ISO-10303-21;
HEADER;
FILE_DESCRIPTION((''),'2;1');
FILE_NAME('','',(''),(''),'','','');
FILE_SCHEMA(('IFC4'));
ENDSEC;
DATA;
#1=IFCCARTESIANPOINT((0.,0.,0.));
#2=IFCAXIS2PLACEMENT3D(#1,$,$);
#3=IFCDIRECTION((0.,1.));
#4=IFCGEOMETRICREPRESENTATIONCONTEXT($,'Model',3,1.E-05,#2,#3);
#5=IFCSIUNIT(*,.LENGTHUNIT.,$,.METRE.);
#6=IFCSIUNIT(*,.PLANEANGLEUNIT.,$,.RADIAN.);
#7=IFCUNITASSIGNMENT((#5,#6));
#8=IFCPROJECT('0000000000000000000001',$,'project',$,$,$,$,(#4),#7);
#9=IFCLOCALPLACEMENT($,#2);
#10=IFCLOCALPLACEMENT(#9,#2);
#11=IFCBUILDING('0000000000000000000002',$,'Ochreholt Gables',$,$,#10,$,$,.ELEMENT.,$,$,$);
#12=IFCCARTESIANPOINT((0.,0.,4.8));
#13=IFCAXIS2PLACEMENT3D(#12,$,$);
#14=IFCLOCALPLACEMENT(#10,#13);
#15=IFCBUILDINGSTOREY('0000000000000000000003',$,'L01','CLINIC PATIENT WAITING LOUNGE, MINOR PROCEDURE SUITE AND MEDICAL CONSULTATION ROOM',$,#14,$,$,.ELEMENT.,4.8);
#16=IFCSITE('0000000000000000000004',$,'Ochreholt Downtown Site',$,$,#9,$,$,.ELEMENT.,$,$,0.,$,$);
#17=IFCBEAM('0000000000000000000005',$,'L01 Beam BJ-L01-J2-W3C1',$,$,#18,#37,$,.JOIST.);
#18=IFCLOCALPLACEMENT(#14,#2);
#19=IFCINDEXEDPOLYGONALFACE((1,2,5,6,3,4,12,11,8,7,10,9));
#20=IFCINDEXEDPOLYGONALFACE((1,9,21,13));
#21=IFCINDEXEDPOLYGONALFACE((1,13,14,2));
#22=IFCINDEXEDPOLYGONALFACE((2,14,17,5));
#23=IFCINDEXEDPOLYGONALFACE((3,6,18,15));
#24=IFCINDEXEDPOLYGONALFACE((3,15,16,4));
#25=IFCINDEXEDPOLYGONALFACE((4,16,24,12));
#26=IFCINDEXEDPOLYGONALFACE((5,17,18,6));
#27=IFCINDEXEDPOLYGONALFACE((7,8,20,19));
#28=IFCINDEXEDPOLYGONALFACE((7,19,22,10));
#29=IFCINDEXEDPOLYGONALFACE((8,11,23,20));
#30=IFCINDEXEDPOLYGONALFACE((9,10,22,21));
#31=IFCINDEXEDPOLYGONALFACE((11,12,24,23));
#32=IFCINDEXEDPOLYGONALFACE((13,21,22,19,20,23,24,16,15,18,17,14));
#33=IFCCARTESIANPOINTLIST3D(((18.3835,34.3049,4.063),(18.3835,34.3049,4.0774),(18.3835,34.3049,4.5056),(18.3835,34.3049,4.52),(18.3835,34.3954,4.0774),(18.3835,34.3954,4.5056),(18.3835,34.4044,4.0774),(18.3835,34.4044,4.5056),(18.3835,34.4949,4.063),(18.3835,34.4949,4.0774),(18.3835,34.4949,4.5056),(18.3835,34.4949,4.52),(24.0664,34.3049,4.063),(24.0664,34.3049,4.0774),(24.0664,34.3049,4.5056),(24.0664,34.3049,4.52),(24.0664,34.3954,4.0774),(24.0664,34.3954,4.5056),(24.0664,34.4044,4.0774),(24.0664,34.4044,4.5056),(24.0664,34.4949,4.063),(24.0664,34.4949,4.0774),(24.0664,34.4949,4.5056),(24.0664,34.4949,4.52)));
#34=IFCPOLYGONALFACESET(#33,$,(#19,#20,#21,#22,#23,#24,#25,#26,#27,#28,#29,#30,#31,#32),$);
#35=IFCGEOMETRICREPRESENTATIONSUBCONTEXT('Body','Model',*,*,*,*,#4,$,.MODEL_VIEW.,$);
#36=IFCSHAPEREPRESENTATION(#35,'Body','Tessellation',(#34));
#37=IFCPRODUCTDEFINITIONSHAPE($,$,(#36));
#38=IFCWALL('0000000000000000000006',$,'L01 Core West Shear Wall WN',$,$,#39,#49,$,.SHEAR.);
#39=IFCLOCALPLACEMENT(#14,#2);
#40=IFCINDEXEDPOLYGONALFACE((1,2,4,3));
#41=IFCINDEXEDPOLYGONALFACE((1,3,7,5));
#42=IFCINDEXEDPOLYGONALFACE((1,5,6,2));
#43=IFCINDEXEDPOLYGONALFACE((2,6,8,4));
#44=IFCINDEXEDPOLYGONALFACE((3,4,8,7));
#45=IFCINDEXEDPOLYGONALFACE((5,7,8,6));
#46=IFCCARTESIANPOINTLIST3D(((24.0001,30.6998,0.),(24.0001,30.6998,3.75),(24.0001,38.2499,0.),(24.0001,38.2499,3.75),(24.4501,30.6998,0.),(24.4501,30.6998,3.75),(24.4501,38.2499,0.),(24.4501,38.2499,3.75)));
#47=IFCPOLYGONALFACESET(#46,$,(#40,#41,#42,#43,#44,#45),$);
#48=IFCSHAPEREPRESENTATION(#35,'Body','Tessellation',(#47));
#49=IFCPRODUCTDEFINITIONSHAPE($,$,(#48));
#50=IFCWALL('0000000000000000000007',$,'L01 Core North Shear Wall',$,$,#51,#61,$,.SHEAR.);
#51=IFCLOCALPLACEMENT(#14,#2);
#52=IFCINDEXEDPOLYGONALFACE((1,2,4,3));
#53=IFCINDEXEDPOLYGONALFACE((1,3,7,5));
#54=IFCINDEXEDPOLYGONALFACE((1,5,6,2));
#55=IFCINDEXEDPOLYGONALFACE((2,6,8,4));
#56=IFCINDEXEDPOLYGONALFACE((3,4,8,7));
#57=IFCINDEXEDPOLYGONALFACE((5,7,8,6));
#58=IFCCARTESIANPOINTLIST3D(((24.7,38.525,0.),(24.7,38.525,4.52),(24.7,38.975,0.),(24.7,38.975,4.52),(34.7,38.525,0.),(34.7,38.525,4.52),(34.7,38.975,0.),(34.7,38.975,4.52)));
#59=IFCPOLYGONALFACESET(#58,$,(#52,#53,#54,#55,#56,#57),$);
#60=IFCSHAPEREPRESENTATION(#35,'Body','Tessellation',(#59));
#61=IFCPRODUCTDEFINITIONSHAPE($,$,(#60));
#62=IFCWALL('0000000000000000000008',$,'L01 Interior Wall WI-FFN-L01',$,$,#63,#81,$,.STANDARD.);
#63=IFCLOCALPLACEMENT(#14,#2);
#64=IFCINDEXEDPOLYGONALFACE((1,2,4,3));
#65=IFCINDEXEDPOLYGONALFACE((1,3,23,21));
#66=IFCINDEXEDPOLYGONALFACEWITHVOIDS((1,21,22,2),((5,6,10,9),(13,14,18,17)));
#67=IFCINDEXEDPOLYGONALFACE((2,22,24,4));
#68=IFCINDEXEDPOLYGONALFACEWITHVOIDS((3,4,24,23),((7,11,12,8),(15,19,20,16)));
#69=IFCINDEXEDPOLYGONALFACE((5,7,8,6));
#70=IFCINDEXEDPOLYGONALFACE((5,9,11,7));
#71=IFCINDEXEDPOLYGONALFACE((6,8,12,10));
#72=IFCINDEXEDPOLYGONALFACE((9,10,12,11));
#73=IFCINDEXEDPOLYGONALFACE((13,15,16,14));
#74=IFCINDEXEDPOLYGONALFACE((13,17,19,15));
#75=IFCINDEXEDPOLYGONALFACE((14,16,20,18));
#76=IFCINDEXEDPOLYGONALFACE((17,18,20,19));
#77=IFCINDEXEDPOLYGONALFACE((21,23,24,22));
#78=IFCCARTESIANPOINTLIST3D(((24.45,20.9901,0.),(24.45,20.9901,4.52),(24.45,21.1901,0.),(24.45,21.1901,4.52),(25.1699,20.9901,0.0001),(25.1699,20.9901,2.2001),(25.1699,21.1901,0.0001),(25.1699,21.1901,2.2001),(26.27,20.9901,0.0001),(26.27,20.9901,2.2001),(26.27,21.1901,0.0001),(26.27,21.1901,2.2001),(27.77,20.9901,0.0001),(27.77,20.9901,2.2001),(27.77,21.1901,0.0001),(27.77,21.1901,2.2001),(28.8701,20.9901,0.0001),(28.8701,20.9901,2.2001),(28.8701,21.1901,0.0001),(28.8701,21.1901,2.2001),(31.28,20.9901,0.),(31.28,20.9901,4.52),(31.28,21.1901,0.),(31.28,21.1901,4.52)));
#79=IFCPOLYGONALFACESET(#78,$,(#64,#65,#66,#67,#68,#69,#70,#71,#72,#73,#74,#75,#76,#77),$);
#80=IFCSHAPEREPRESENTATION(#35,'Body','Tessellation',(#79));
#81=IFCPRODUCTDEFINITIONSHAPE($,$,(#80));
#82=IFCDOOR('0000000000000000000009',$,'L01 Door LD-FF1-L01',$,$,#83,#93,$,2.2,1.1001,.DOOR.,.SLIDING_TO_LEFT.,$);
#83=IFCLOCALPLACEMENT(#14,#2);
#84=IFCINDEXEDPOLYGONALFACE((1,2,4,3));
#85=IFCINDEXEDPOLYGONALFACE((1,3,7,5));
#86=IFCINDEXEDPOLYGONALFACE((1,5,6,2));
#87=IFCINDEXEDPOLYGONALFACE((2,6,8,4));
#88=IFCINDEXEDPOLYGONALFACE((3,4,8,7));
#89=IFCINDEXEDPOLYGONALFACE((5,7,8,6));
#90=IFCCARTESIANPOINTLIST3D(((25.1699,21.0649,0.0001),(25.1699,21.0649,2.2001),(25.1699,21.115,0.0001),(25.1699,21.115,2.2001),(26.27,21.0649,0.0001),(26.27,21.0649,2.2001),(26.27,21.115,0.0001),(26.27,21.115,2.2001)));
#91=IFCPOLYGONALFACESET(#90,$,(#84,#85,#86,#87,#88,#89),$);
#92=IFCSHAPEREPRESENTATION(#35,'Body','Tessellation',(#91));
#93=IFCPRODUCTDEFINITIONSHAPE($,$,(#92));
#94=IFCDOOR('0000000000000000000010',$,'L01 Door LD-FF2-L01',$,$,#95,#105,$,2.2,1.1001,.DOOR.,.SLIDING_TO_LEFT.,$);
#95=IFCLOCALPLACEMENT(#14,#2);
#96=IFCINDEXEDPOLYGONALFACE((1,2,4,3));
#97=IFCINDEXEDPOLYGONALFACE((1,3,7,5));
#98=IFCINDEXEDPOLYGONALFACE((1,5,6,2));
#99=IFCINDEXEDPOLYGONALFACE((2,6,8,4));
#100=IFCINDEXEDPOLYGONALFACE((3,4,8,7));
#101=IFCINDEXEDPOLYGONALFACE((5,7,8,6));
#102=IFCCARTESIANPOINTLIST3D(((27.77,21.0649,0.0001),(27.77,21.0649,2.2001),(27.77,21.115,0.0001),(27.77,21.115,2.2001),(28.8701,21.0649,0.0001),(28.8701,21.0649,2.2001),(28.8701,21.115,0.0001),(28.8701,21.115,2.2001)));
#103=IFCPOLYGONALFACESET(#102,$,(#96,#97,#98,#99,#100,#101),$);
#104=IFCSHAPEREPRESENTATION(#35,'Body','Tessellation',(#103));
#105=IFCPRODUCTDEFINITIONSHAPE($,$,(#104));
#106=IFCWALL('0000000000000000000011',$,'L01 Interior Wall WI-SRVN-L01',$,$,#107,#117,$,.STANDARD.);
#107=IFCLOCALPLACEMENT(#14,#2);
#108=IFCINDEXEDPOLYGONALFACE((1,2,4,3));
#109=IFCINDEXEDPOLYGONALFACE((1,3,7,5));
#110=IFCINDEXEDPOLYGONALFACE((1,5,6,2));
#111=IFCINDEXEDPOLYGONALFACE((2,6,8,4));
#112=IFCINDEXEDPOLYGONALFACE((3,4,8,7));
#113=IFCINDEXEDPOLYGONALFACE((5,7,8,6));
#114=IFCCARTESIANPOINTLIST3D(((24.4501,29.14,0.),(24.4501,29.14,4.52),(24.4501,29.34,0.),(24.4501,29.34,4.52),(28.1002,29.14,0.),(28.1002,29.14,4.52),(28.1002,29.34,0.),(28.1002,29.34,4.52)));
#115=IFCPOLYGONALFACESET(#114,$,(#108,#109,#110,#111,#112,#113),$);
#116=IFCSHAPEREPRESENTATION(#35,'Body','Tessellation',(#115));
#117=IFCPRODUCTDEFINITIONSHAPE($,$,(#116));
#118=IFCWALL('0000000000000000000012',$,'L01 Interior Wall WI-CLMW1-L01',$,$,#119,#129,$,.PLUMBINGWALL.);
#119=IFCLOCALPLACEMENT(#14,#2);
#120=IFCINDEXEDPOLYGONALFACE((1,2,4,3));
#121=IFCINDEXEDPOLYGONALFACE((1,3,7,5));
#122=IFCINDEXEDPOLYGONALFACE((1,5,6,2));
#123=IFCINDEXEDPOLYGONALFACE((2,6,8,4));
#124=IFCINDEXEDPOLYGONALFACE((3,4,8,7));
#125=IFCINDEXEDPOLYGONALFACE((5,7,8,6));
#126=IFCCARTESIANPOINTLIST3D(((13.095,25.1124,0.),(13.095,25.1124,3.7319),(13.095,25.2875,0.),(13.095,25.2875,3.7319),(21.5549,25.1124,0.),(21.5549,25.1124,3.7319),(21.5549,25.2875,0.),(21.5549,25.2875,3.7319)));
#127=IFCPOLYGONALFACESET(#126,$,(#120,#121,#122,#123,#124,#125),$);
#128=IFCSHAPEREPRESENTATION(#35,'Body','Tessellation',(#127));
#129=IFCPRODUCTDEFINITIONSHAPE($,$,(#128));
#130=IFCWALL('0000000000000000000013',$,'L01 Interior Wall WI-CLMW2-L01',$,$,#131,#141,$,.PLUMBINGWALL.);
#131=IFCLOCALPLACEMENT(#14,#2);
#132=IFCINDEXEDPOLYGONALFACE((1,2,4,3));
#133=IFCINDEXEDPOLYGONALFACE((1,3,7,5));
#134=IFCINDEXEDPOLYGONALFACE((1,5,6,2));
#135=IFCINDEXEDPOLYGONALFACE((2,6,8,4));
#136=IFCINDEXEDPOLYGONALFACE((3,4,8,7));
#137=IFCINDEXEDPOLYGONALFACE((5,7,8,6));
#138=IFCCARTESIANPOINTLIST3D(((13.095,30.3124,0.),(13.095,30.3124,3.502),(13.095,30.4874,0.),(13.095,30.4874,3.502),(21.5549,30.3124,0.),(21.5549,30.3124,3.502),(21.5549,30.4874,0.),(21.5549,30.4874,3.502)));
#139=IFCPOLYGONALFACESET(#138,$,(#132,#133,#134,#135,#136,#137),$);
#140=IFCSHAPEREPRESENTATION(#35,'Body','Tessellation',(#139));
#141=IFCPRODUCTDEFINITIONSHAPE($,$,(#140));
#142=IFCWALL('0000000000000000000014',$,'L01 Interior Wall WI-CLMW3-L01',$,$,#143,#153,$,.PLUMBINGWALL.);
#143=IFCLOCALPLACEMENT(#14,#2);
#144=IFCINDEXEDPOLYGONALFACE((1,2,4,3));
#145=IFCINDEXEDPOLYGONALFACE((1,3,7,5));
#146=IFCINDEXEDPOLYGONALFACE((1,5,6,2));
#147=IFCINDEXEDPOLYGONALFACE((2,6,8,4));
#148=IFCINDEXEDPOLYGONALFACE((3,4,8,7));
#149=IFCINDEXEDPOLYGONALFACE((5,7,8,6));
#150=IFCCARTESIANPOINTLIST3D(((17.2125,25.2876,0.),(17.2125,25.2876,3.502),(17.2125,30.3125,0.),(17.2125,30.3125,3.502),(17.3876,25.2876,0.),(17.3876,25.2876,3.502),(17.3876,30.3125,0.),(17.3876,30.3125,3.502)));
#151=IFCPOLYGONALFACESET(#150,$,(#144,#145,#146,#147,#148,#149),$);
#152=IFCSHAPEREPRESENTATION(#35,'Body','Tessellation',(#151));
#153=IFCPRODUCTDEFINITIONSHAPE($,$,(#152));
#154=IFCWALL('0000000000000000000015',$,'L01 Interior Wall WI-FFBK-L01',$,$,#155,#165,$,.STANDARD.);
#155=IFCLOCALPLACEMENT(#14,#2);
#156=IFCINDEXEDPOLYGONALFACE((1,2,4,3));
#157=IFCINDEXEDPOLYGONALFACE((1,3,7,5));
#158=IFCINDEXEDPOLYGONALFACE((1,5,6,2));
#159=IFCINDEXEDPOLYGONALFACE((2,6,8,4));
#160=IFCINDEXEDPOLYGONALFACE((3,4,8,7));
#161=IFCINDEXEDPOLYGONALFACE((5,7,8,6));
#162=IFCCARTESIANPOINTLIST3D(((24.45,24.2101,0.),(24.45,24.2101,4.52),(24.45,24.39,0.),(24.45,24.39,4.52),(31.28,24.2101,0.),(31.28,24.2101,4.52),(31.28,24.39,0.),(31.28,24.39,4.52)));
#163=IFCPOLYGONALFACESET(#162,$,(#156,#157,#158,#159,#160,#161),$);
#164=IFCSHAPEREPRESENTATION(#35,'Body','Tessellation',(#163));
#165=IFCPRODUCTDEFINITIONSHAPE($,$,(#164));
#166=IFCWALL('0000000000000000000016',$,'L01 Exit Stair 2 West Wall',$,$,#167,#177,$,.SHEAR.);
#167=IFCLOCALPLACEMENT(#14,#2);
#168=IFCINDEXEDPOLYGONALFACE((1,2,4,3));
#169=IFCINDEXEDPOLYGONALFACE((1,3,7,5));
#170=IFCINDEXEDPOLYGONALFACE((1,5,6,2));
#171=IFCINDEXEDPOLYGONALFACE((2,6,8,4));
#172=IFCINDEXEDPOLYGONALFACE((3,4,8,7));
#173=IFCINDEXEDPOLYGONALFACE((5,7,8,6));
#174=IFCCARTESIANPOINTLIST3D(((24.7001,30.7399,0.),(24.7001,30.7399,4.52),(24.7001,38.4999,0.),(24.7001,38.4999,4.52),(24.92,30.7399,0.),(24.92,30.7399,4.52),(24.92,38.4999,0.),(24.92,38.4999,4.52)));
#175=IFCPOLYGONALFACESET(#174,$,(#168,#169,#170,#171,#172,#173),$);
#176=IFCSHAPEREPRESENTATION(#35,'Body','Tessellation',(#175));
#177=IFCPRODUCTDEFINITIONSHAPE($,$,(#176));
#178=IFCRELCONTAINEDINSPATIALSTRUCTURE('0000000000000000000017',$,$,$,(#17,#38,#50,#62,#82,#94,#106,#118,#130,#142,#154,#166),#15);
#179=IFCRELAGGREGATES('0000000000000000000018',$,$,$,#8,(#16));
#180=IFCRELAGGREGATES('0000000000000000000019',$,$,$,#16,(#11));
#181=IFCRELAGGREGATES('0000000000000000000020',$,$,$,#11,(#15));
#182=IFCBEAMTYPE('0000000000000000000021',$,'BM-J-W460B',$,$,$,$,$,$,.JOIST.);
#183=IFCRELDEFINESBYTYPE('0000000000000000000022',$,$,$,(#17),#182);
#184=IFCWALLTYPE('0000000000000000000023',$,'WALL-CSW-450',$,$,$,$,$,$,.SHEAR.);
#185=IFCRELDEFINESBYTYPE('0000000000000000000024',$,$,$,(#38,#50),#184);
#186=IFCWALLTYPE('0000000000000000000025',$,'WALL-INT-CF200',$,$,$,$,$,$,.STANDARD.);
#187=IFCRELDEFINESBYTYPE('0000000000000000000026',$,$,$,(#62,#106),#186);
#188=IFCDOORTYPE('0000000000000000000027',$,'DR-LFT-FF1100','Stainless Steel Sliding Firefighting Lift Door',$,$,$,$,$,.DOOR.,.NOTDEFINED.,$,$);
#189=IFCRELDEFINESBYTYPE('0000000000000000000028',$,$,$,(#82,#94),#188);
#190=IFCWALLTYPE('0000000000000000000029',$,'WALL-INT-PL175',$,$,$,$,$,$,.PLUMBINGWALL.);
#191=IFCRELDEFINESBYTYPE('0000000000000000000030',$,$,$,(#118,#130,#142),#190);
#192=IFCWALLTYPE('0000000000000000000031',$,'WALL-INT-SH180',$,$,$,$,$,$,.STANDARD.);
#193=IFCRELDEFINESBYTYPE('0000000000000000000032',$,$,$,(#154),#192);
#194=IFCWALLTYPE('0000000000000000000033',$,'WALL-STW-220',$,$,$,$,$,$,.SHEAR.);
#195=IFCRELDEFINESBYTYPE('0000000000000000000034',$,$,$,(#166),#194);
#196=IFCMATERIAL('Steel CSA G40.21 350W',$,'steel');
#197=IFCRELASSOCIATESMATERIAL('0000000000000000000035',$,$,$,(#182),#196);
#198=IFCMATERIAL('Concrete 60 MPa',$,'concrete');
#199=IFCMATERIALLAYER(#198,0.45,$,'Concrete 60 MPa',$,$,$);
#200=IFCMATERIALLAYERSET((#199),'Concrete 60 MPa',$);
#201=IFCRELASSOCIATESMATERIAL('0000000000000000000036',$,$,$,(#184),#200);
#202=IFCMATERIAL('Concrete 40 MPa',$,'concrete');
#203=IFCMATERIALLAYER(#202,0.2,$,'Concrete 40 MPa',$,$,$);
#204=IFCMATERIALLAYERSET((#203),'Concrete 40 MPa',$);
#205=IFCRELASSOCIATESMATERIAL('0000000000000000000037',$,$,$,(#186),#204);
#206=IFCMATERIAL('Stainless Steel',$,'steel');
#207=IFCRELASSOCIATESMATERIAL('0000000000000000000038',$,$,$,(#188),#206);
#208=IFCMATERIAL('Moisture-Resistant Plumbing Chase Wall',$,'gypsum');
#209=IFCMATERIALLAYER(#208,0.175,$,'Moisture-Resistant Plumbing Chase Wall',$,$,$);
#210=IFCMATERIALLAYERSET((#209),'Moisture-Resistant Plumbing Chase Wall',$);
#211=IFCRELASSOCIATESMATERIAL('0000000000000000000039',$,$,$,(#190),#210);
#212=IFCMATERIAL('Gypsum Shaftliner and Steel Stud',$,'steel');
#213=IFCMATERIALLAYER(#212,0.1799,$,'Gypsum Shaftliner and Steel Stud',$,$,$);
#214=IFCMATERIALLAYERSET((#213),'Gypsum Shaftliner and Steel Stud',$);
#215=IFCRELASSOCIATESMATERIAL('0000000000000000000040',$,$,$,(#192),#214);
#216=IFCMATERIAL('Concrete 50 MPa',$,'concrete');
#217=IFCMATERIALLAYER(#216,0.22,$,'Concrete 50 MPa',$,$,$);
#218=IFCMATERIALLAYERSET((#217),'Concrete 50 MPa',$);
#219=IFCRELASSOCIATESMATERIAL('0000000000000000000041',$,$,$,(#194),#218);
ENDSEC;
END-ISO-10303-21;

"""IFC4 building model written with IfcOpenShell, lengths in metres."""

from ifc_helpers import new_model, si_unit, direction, frame, frame_2d, origin, origin_2d, place, context, subcontext, project, spatial, rectangle, i_section, extrude, material, layer, layer_set, material_profile, profile_set, type_object, element, fill, save


model = new_model("IFC4")

# Units and contexts
model_context = context("Model", 3, precision=1e-05, world=origin(), true_north=direction((0.0, 1.0)))
body_context = subcontext(model_context, "Body", "Model", "MODEL_VIEW")
ifc_project = project(units=[si_unit("LENGTHUNIT", "METRE"), si_unit("PLANEANGLEUNIT", "RADIAN")], contexts=[model_context])

# Site, building, storey
site_placement = place(None, origin())
site = spatial("IfcSite", under=ifc_project, at=site_placement, Name="Ochreholt Downtown Site", CompositionType="ELEMENT", RefElevation=0.0)
building_placement = place(site_placement, origin())
building = spatial("IfcBuilding", under=site, at=building_placement, Name="Ochreholt Gables", CompositionType="ELEMENT")
storey_placement = place(building_placement, frame((0.0, 0.0, 4.8)))
storey = spatial("IfcBuildingStorey", under=building, at=storey_placement, Name="L01", Description="CLINIC PATIENT WAITING LOUNGE, MINOR PROCEDURE SUITE AND MEDICAL CONSULTATION ROOM", CompositionType="ELEMENT", Elevation=4.8)

# Shared definitions
ifc_material_1 = material(Name="Concrete 60 MPa", Category="concrete")

# Beam
ifc_material_2 = material(Name="Steel CSA G40.21 350W", Category="steel")
ifc_material_profile_1 = material_profile(ifc_material_2, i_section(OverallWidth=0.1899, OverallDepth=0.457, WebThickness=0.009, FlangeThickness=0.0144, at=origin_2d()), Name="W460X74")
ifc_profile_set_1 = profile_set([ifc_material_profile_1], Name="Steel CSA G40.21 350W")
beam_type_1 = type_object("IfcBeamType", Name="BM-J-W460B", PredefinedType="JOIST", material=ifc_profile_set_1)
beam_1_placement = place(storey_placement, frame((18.3835, 34.3999, 4.2915), z_axis=(1.0, 0.0, 0.0), x_axis=(0.0, 1.0, 0.0)))
element("IfcBeam", 1, at=beam_1_placement, inside=storey, type_object=beam_type_1, Name="L01 Beam BJ-L01-J2-W3C1", PredefinedType="JOIST", context=body_context, shape_type="SweptSolid", body=[
    extrude(i_section(OverallWidth=0.1899, OverallDepth=0.457, WebThickness=0.009, FlangeThickness=0.0144, at=origin_2d()), origin(), (0.0, 0.0, 1.0), 5.6829),
])

# Walls
ifc_layer_1 = layer(ifc_material_1, 0.45, Name="Concrete 60 MPa")
ifc_layer_set_1 = layer_set([ifc_layer_1], Name="Concrete 60 MPa")
wall_type_1 = type_object("IfcWallType", Name="WALL-CSW-450", PredefinedType="SHEAR", material=ifc_layer_set_1)
wall_1_placement = place(storey_placement, frame((24.2251, 30.7, 0.0), z_axis=(0.0, 0.0, 1.0), x_axis=(0.0, 1.0, 0.0)))
element("IfcWall", 2, at=wall_1_placement, inside=storey, type_object=wall_type_1, Name="L01 Core West Shear Wall WN", PredefinedType="SHEAR", context=body_context, shape_type="SweptSolid", body=[
    extrude(rectangle(XDim=7.55, YDim=0.45, at=frame_2d((3.7749, 0.0))), origin(), (0.0, 0.0, 1.0), 3.75),
])
wall_2_placement = place(storey_placement, frame((24.7, 38.75, 0.0), z_axis=(0.0, 0.0, 1.0), x_axis=(1.0, 0.0, 0.0)))
element("IfcWall", 3, at=wall_2_placement, inside=storey, type_object=wall_type_1, Name="L01 Core North Shear Wall", PredefinedType="SHEAR", context=body_context, shape_type="SweptSolid", body=[
    extrude(rectangle(XDim=10.0, YDim=0.45, at=frame_2d((5.0, 0.0))), origin(), (0.0, 0.0, 1.0), 4.52),
])

# Wall, openings, doors
ifc_material_3 = material(Name="Concrete 40 MPa", Category="concrete")
ifc_layer_2 = layer(ifc_material_3, 0.2, Name="Concrete 40 MPa")
ifc_layer_set_2 = layer_set([ifc_layer_2], Name="Concrete 40 MPa")
wall_type_2 = type_object("IfcWallType", Name="WALL-INT-CF200", PredefinedType="STANDARD", material=ifc_layer_set_2)
wall_3_placement = place(storey_placement, frame((24.45, 21.0901, 0.0), z_axis=(0.0, 0.0, 1.0), x_axis=(1.0, 0.0, 0.0)))
wall_3 = element("IfcWall", 4, at=wall_3_placement, inside=storey, type_object=wall_type_2, Name="L01 Interior Wall WI-FFN-L01", PredefinedType="STANDARD", context=body_context, shape_type="SweptSolid", body=[
    extrude(rectangle(XDim=6.8301, YDim=0.2, at=frame_2d((3.415, 0.0))), origin(), (0.0, 0.0, 1.0), 4.52),
])
opening_1_placement = place(wall_3_placement, frame((0.72, 0.0, 0.0)))
opening_1 = element("IfcOpeningElement", 5, at=opening_1_placement, cuts=wall_3, PredefinedType="OPENING", context=body_context, shape_type="SweptSolid", body=[
    extrude(rectangle(XDim=1.1001, YDim=2.2, at=frame_2d((0.55, 1.1001))), frame((0.0, 0.1099, 0.0), z_axis=(0.0, -1.0, 0.0), x_axis=(1.0, 0.0, 0.0)), (0.0, 0.0, 1.0), 0.22),
])
opening_2_placement = place(wall_3_placement, frame((3.3201, 0.0, 0.0)))
opening_2 = element("IfcOpeningElement", 6, at=opening_2_placement, cuts=wall_3, PredefinedType="OPENING", context=body_context, shape_type="SweptSolid", body=[
    extrude(rectangle(XDim=1.1001, YDim=2.2, at=frame_2d((0.55, 1.1001))), frame((0.0, 0.1099, 0.0), z_axis=(0.0, -1.0, 0.0), x_axis=(1.0, 0.0, 0.0)), (0.0, 0.0, 1.0), 0.22),
])
ifc_material_4 = material(Name="Stainless Steel", Category="steel")
door_type_1 = type_object("IfcDoorType", Name="DR-LFT-FF1100", Description="Stainless Steel Sliding Firefighting Lift Door", OperationType="NOTDEFINED", PredefinedType="DOOR", material=ifc_material_4)
door_1_placement = place(opening_1_placement, origin())
door_1 = element("IfcDoor", 7, at=door_1_placement, inside=storey, type_object=door_type_1, Name="L01 Door LD-FF1-L01", OperationType="SLIDING_TO_LEFT", OverallHeight=2.2, OverallWidth=1.1001, PredefinedType="DOOR", context=body_context, shape_type="SweptSolid", body=[
    extrude(rectangle(XDim=1.1001, YDim=2.2, at=frame_2d((0.55, 1.1001))), frame((0.0, 0.0249, 0.0), z_axis=(0.0, -1.0, 0.0), x_axis=(1.0, 0.0, 0.0)), (0.0, 0.0, 1.0), 0.05),
])
fill(opening_1, door_1)
door_2_placement = place(opening_2_placement, origin())
door_2 = element("IfcDoor", 8, at=door_2_placement, inside=storey, type_object=door_type_1, Name="L01 Door LD-FF2-L01", OperationType="SLIDING_TO_LEFT", OverallHeight=2.2, OverallWidth=1.1001, PredefinedType="DOOR", context=body_context, shape_type="SweptSolid", body=[
    extrude(rectangle(XDim=1.1001, YDim=2.2, at=frame_2d((0.55, 1.1001))), frame((0.0, 0.0249, 0.0), z_axis=(0.0, -1.0, 0.0), x_axis=(1.0, 0.0, 0.0)), (0.0, 0.0, 1.0), 0.05),
])
fill(opening_2, door_2)

# Walls
wall_4_placement = place(storey_placement, frame((24.45, 29.24, 0.0), z_axis=(0.0, 0.0, 1.0), x_axis=(1.0, 0.0, 0.0)))
element("IfcWall", 9, at=wall_4_placement, inside=storey, type_object=wall_type_2, Name="L01 Interior Wall WI-SRVN-L01", PredefinedType="STANDARD", context=body_context, shape_type="SweptSolid", body=[
    extrude(rectangle(XDim=3.6501, YDim=0.2, at=frame_2d((1.8252, 0.0))), origin(), (0.0, 0.0, 1.0), 4.52),
])
ifc_material_5 = material(Name="Moisture-Resistant Plumbing Chase Wall", Category="gypsum")
ifc_layer_3 = layer(ifc_material_5, 0.175, Name="Moisture-Resistant Plumbing Chase Wall")
ifc_layer_set_3 = layer_set([ifc_layer_3], Name="Moisture-Resistant Plumbing Chase Wall")
wall_type_3 = type_object("IfcWallType", Name="WALL-INT-PL175", PredefinedType="PLUMBINGWALL", material=ifc_layer_set_3)
wall_5_placement = place(storey_placement, frame((13.095, 25.2, 0.0), z_axis=(0.0, 0.0, 1.0), x_axis=(1.0, 0.0, 0.0)))
element("IfcWall", 10, at=wall_5_placement, inside=storey, type_object=wall_type_3, Name="L01 Interior Wall WI-CLMW1-L01", PredefinedType="PLUMBINGWALL", context=body_context, shape_type="SweptSolid", body=[
    extrude(rectangle(XDim=8.46, YDim=0.175, at=frame_2d((4.23, 0.0))), origin(), (0.0, 0.0, 1.0), 3.7319),
])
wall_6_placement = place(storey_placement, frame((13.095, 30.3999, 0.0), z_axis=(0.0, 0.0, 1.0), x_axis=(1.0, 0.0, 0.0)))
element("IfcWall", 11, at=wall_6_placement, inside=storey, type_object=wall_type_3, Name="L01 Interior Wall WI-CLMW2-L01", PredefinedType="PLUMBINGWALL", context=body_context, shape_type="SweptSolid", body=[
    extrude(rectangle(XDim=8.46, YDim=0.175, at=frame_2d((4.23, 0.0))), origin(), (0.0, 0.0, 1.0), 3.502),
])
wall_7_placement = place(storey_placement, frame((17.3, 25.2876, 0.0), z_axis=(0.0, 0.0, 1.0), x_axis=(0.0, 1.0, 0.0)))
element("IfcWall", 12, at=wall_7_placement, inside=storey, type_object=wall_type_3, Name="L01 Interior Wall WI-CLMW3-L01", PredefinedType="PLUMBINGWALL", context=body_context, shape_type="SweptSolid", body=[
    extrude(rectangle(XDim=5.0249, YDim=0.175, at=frame_2d((2.5125, 0.0))), origin(), (0.0, 0.0, 1.0), 3.502),
])
ifc_material_6 = material(Name="Gypsum Shaftliner and Steel Stud", Category="steel")
ifc_layer_4 = layer(ifc_material_6, 0.1799, Name="Gypsum Shaftliner and Steel Stud")
ifc_layer_set_4 = layer_set([ifc_layer_4], Name="Gypsum Shaftliner and Steel Stud")
wall_type_4 = type_object("IfcWallType", Name="WALL-INT-SH180", PredefinedType="STANDARD", material=ifc_layer_set_4)
wall_8_placement = place(storey_placement, frame((24.45, 24.3, 0.0), z_axis=(0.0, 0.0, 1.0), x_axis=(1.0, 0.0, 0.0)))
element("IfcWall", 13, at=wall_8_placement, inside=storey, type_object=wall_type_4, Name="L01 Interior Wall WI-FFBK-L01", PredefinedType="STANDARD", context=body_context, shape_type="SweptSolid", body=[
    extrude(rectangle(XDim=6.8301, YDim=0.1799, at=frame_2d((3.415, 0.0))), origin(), (0.0, 0.0, 1.0), 4.52),
])
ifc_material_7 = material(Name="Concrete 50 MPa", Category="concrete")
ifc_layer_5 = layer(ifc_material_7, 0.22, Name="Concrete 50 MPa")
ifc_layer_set_5 = layer_set([ifc_layer_5], Name="Concrete 50 MPa")
wall_type_5 = type_object("IfcWallType", Name="WALL-STW-220", PredefinedType="SHEAR", material=ifc_layer_set_5)
wall_9_placement = place(storey_placement, frame((24.8101, 30.74, 0.0), z_axis=(0.0, 0.0, 1.0), x_axis=(0.0, 1.0, 0.0)))
element("IfcWall", 14, at=wall_9_placement, inside=storey, type_object=wall_type_5, Name="L01 Exit Stair 2 West Wall", PredefinedType="SHEAR", context=body_context, shape_type="SweptSolid", body=[
    extrude(rectangle(XDim=7.76, YDim=0.22, at=frame_2d((3.8799, 0.0))), origin(), (0.0, 0.0, 1.0), 4.52),
])

save(model, "model.ifc")
